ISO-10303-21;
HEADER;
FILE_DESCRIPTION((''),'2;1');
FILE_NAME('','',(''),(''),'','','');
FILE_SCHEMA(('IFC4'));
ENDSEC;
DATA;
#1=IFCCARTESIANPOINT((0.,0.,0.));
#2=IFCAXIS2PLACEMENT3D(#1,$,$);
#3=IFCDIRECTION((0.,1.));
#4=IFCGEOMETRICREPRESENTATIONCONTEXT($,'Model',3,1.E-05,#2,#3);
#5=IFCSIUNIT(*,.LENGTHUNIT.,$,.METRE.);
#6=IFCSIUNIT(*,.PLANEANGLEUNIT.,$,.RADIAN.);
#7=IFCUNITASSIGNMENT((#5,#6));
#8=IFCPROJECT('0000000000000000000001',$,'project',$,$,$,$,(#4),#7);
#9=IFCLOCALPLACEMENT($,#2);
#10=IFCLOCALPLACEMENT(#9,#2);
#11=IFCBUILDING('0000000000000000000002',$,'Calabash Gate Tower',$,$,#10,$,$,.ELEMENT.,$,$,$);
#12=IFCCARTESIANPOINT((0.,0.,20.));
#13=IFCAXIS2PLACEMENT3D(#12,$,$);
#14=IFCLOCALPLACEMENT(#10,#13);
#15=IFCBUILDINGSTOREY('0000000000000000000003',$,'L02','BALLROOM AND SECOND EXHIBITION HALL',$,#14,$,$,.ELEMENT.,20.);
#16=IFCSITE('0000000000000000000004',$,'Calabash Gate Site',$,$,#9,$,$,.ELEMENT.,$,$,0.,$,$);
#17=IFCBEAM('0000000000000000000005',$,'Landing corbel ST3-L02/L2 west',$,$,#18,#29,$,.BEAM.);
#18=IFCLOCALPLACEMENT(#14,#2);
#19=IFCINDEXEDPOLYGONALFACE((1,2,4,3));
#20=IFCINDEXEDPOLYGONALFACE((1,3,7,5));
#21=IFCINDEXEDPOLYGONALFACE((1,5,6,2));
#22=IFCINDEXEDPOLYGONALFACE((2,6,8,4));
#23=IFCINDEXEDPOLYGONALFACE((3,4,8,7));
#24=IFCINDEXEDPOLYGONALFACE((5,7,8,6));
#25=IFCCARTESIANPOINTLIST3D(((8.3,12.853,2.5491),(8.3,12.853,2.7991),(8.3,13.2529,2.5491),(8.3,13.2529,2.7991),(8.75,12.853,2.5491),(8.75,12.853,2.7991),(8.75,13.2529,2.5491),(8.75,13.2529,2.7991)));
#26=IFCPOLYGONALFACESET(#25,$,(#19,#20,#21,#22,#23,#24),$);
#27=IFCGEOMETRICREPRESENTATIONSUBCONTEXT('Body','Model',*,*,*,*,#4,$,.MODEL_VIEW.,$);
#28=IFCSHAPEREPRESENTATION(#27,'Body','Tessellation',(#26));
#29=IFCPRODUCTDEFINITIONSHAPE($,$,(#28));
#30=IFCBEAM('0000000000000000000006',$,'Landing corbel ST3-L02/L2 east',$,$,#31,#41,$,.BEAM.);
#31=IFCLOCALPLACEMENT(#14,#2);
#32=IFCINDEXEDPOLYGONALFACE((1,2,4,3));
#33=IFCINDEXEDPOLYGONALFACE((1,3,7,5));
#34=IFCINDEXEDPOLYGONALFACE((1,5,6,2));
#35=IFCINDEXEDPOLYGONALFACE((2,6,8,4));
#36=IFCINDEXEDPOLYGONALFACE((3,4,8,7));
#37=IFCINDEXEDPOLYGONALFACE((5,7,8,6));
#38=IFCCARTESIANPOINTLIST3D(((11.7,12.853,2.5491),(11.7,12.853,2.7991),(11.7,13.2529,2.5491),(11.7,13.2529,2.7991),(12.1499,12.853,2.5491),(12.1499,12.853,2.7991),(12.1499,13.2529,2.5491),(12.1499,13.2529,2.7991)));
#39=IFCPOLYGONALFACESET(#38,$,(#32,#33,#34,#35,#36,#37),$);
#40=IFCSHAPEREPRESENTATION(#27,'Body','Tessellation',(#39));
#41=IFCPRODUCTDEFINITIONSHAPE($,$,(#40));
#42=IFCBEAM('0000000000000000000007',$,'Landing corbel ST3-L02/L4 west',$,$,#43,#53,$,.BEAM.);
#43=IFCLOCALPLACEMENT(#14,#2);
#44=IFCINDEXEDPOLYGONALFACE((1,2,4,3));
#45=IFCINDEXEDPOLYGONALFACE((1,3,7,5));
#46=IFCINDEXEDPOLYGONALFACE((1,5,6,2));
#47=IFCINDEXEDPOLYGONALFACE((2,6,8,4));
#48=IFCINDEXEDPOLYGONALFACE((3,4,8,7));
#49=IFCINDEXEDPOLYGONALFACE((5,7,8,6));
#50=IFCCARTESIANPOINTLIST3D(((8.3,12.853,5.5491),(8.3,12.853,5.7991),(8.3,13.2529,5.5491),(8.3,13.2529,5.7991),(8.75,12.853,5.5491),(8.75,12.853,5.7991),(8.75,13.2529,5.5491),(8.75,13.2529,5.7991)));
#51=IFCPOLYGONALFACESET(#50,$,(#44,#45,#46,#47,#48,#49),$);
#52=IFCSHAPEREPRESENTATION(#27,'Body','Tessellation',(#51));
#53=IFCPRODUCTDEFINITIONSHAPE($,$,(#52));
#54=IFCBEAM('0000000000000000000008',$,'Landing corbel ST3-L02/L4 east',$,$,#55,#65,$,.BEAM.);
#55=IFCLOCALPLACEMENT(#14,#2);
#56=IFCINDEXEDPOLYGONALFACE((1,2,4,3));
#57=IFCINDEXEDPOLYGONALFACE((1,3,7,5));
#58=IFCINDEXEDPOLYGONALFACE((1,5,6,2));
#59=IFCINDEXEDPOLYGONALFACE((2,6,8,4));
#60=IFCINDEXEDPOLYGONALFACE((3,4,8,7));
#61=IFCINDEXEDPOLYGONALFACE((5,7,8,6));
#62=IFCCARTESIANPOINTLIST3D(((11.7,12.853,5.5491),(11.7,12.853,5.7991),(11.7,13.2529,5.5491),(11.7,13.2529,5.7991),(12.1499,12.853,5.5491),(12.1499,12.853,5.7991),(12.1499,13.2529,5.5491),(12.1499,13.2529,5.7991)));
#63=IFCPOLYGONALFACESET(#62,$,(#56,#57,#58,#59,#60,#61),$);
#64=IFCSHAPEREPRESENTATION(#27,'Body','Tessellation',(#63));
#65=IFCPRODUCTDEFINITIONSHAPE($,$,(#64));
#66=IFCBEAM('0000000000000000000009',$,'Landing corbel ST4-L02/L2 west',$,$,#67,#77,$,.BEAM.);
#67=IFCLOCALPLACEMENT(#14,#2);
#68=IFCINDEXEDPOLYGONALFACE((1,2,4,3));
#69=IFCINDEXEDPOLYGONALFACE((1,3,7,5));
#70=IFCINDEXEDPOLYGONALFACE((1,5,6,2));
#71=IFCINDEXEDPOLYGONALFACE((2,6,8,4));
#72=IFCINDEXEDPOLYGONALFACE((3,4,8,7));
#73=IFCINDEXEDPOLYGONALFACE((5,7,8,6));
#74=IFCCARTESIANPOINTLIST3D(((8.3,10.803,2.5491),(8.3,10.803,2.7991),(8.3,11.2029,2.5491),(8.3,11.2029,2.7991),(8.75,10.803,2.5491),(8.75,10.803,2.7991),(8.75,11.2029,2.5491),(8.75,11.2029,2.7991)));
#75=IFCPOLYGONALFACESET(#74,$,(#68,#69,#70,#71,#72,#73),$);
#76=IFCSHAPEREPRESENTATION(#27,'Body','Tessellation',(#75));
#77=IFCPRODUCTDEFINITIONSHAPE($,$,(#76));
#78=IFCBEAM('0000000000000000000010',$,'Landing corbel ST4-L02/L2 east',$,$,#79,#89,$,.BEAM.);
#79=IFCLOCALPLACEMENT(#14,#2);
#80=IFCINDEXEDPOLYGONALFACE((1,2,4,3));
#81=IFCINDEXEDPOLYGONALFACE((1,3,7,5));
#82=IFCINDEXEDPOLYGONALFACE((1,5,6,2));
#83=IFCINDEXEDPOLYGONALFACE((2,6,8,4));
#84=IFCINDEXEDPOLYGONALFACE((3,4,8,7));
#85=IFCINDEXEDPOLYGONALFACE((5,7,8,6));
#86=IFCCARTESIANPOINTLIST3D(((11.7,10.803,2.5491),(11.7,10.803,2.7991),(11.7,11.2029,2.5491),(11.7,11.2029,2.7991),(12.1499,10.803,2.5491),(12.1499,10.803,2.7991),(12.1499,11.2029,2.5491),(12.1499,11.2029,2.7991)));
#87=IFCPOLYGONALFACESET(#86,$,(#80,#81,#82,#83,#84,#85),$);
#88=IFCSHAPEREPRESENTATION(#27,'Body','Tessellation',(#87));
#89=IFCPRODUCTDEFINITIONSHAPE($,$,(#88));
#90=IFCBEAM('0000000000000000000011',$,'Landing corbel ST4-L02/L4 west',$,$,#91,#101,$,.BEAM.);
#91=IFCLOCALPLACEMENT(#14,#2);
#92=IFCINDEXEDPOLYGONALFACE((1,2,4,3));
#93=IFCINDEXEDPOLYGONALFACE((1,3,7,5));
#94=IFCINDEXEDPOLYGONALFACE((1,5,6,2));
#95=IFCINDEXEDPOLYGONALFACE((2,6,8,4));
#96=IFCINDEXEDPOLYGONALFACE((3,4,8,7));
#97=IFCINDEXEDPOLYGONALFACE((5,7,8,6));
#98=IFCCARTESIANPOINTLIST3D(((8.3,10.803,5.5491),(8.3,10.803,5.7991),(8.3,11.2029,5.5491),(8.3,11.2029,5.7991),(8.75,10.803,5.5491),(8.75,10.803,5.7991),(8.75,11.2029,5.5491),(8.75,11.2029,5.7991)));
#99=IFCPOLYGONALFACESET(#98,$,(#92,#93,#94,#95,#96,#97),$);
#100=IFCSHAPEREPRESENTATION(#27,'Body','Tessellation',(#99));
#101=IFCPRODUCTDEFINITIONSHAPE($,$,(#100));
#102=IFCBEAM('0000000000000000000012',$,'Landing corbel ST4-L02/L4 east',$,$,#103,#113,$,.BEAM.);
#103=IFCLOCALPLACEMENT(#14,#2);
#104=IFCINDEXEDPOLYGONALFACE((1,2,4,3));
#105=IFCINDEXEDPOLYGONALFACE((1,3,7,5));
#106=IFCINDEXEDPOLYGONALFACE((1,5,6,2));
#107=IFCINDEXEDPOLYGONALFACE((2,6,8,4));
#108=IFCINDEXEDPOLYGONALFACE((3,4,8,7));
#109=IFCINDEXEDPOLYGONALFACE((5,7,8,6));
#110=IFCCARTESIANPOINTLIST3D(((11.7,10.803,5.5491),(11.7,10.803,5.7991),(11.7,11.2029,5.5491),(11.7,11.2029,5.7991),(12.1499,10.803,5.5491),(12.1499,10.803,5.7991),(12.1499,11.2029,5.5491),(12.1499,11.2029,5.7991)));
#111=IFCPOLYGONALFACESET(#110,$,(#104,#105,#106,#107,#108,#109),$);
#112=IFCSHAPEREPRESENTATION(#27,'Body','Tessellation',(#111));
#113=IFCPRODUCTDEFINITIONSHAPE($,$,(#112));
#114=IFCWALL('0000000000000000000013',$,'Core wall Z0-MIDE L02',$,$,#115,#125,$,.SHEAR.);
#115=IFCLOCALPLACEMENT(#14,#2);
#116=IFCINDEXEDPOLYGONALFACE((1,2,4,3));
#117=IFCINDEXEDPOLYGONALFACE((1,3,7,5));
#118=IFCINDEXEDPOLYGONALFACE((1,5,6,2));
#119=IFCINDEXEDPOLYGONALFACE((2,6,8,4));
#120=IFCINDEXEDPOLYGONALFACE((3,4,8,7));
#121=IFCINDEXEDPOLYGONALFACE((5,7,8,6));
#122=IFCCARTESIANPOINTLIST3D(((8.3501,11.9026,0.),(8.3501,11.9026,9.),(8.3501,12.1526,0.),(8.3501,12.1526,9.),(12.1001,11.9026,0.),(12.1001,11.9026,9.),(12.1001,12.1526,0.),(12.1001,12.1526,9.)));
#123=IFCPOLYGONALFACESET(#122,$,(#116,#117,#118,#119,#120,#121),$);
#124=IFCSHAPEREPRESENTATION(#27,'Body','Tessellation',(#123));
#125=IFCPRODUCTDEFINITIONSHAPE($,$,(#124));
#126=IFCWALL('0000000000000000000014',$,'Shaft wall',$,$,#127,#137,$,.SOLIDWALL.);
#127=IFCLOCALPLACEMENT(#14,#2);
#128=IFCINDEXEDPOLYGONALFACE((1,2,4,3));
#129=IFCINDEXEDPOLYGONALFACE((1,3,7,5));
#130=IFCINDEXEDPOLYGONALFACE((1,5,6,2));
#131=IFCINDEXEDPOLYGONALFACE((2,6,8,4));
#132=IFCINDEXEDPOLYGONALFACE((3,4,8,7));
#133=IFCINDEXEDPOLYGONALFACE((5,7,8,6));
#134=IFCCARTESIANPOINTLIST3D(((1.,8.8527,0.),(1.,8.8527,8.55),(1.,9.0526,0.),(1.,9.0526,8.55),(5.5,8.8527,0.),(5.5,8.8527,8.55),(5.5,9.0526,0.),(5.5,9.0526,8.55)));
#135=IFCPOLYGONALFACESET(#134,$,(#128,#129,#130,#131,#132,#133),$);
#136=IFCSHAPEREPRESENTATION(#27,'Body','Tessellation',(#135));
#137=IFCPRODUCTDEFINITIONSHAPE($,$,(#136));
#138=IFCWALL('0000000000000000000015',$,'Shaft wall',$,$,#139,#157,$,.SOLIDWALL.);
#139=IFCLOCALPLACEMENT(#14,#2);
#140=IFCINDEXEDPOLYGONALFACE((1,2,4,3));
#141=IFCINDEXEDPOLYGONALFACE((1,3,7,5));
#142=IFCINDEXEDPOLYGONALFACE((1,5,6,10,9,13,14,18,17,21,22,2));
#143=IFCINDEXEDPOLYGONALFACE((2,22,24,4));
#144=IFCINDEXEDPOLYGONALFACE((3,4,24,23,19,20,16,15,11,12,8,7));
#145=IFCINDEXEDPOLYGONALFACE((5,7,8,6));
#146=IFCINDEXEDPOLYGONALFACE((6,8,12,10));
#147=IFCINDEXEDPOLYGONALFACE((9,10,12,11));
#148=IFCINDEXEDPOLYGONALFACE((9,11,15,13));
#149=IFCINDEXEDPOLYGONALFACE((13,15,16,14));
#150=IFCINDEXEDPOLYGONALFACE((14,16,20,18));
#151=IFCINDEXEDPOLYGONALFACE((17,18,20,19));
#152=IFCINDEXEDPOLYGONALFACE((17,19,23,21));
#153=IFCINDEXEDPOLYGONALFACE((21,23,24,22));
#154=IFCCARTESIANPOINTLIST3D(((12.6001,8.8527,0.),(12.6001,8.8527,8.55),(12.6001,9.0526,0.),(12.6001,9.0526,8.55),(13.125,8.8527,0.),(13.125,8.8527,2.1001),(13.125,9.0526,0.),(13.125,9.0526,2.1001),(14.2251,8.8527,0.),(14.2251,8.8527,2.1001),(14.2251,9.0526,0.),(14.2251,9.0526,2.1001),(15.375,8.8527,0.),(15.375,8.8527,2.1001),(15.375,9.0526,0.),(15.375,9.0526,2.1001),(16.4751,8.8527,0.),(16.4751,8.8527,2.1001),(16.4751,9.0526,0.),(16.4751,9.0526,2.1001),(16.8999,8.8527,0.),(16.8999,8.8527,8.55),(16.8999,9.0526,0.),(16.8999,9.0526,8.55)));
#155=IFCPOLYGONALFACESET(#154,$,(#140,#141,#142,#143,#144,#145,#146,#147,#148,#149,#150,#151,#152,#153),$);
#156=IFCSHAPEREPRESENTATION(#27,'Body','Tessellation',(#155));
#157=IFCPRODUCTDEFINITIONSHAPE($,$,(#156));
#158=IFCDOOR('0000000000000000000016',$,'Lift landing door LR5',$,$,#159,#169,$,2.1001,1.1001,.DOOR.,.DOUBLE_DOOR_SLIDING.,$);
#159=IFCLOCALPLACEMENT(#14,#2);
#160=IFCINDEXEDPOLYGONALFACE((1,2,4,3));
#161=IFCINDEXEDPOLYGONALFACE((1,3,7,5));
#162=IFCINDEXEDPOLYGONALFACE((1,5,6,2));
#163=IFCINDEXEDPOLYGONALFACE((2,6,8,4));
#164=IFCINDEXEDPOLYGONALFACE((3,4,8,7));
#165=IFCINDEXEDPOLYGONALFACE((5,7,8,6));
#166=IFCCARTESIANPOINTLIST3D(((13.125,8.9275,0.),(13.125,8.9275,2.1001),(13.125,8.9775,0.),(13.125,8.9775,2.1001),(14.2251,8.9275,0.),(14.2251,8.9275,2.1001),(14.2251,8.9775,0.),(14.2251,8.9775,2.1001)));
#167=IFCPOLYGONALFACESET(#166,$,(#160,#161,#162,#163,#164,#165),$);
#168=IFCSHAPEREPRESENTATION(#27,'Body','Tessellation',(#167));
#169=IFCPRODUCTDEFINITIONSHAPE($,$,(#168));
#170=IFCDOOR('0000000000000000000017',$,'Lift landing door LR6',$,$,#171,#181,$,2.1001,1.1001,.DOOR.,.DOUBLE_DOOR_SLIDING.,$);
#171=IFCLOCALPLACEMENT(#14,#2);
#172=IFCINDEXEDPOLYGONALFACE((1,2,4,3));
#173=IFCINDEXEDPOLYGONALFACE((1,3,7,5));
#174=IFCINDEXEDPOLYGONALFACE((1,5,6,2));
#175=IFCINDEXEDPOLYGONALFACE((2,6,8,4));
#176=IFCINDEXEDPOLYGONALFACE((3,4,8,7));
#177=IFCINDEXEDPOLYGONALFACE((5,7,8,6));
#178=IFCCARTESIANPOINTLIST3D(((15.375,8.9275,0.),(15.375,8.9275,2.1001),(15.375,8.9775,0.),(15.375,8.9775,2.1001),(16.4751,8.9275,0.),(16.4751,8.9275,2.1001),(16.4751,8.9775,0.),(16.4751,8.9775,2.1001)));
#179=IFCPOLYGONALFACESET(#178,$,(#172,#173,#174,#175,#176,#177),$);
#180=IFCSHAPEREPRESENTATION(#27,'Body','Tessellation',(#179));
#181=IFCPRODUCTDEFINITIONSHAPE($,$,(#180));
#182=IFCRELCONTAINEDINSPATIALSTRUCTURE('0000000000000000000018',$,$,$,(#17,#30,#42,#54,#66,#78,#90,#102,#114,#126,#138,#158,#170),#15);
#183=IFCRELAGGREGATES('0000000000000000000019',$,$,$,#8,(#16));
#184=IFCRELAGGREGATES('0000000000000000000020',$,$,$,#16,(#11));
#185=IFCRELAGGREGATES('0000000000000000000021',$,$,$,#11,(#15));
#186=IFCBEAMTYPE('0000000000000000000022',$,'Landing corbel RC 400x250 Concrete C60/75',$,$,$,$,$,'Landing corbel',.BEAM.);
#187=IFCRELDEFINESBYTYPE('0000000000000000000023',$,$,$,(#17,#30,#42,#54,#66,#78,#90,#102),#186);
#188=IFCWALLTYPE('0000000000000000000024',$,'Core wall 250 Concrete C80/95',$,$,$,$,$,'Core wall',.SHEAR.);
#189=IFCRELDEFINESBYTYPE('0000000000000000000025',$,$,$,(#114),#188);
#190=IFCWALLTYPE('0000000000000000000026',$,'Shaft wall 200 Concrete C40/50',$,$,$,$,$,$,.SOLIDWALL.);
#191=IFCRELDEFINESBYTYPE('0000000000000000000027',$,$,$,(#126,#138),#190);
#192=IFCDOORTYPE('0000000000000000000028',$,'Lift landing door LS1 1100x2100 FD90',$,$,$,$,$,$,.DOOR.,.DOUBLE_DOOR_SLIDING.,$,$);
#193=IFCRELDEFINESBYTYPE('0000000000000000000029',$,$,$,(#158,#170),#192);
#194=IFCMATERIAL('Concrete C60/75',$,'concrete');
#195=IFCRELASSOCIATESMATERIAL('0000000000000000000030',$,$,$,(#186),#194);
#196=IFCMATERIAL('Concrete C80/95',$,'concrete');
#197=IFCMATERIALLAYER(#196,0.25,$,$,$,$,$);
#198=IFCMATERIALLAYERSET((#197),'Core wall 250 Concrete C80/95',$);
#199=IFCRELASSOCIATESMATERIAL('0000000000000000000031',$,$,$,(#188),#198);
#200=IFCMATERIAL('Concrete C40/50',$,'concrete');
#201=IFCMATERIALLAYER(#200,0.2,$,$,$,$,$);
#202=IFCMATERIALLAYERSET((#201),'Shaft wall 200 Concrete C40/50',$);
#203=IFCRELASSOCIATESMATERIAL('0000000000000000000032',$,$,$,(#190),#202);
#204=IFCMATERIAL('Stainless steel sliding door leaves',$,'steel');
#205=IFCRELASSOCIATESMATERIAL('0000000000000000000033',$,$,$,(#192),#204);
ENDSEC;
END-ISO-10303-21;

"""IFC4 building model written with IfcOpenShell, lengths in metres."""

from ifc_helpers import new_model, si_unit, direction, frame, frame_2d, origin, origin_2d, place, context, subcontext, project, spatial, rectangle, extrude, material, layer, layer_set, material_profile, profile_set, type_object, element, fill, save


model = new_model("IFC4")

# Units and contexts
model_context = context("Model", 3, precision=1e-05, world=origin(), true_north=direction((0.0, 1.0)))
body_context = subcontext(model_context, "Body", "Model", "MODEL_VIEW")
ifc_project = project(units=[si_unit("LENGTHUNIT", "METRE"), si_unit("PLANEANGLEUNIT", "RADIAN")], contexts=[model_context])

# Site, building, storey
site_placement = place(None, origin())
site = spatial("IfcSite", under=ifc_project, at=site_placement, Name="Calabash Gate Site", CompositionType="ELEMENT", RefElevation=0.0)
building_placement = place(site_placement, origin())
building = spatial("IfcBuilding", under=site, at=building_placement, Name="Calabash Gate Tower", CompositionType="ELEMENT")
storey_placement = place(building_placement, frame((0.0, 0.0, 20.0)))
storey = spatial("IfcBuildingStorey", under=building, at=storey_placement, Name="L02", Description="BALLROOM AND SECOND EXHIBITION HALL", CompositionType="ELEMENT", Elevation=20.0)

# Beams
ifc_material_1 = material(Name="Concrete C60/75", Category="concrete")
ifc_material_profile = material_profile(ifc_material_1, rectangle(XDim=0.3999, YDim=0.25, at=origin_2d()))
ifc_profile_set = profile_set([ifc_material_profile], Name="Concrete C60/75")
beam_type = type_object("IfcBeamType", Name="Landing corbel RC 400x250 Concrete C60/75", ElementType="Landing corbel", PredefinedType="BEAM", material=ifc_profile_set)
for number, where, z_axis, x_axis, name in (
    (1, (8.3, 13.053, 2.6741), (1.0, 0.0, 0.0), (0.0, 1.0, 0.0), "Landing corbel ST3-L02/L2 west"),
    (2, (12.1499, 13.053, 2.6741), (-1.0, 0.0, 0.0), (0.0, -1.0, 0.0), "Landing corbel ST3-L02/L2 east"),
    (3, (8.3, 13.053, 5.6741), (1.0, 0.0, 0.0), (0.0, 1.0, 0.0), "Landing corbel ST3-L02/L4 west"),
    (4, (12.1499, 13.053, 5.6741), (-1.0, 0.0, 0.0), (0.0, -1.0, 0.0), "Landing corbel ST3-L02/L4 east"),
    (5, (8.3, 11.0029, 2.6741), (1.0, 0.0, 0.0), (0.0, 1.0, 0.0), "Landing corbel ST4-L02/L2 west"),
    (6, (12.1499, 11.0029, 2.6741), (-1.0, 0.0, 0.0), (0.0, -1.0, 0.0), "Landing corbel ST4-L02/L2 east"),
    (7, (8.3, 11.0029, 5.6741), (1.0, 0.0, 0.0), (0.0, 1.0, 0.0), "Landing corbel ST4-L02/L4 west"),
    (8, (12.1499, 11.0029, 5.6741), (-1.0, 0.0, 0.0), (0.0, -1.0, 0.0), "Landing corbel ST4-L02/L4 east"),
):
    element("IfcBeam", number, at=place(storey_placement, frame(where, z_axis=z_axis, x_axis=x_axis)), inside=storey, type_object=beam_type, Name=name, PredefinedType="BEAM", context=body_context, shape_type="SweptSolid", body=[
        extrude(rectangle(XDim=0.3999, YDim=0.25, at=origin_2d()), origin(), (0.0, 0.0, 1.0), 0.45),
    ])

# Walls
ifc_material_2 = material(Name="Concrete C80/95", Category="concrete")
ifc_layer_1 = layer(ifc_material_2, 0.25)
ifc_layer_set_1 = layer_set([ifc_layer_1], Name="Core wall 250 Concrete C80/95")
wall_type_1 = type_object("IfcWallType", Name="Core wall 250 Concrete C80/95", ElementType="Core wall", PredefinedType="SHEAR", material=ifc_layer_set_1)
wall_1_placement = place(storey_placement, frame((8.3501, 12.0276, 0.0), z_axis=(0.0, 0.0, 1.0), x_axis=(1.0, 0.0, 0.0)))
element("IfcWall", 9, at=wall_1_placement, inside=storey, type_object=wall_type_1, Name="Core wall Z0-MIDE L02", PredefinedType="SHEAR", context=body_context, shape_type="SweptSolid", body=[
    extrude(rectangle(XDim=3.75, YDim=0.25, at=frame_2d((1.875, 0.0))), origin(), (0.0, 0.0, 1.0), 9.0),
])
ifc_material_3 = material(Name="Concrete C40/50", Category="concrete")
ifc_layer_2 = layer(ifc_material_3, 0.2)
ifc_layer_set_2 = layer_set([ifc_layer_2], Name="Shaft wall 200 Concrete C40/50")
wall_type_2 = type_object("IfcWallType", Name="Shaft wall 200 Concrete C40/50", PredefinedType="SOLIDWALL", material=ifc_layer_set_2)
wall_2_placement = place(storey_placement, frame((1.0, 8.9526, 0.0), z_axis=(0.0, 0.0, 1.0), x_axis=(1.0, 0.0, 0.0)))
element("IfcWall", 10, at=wall_2_placement, inside=storey, type_object=wall_type_2, Name="Shaft wall", PredefinedType="SOLIDWALL", context=body_context, shape_type="SweptSolid", body=[
    extrude(rectangle(XDim=4.5, YDim=0.2, at=frame_2d((2.25, 0.0))), origin(), (0.0, 0.0, 1.0), 8.55),
])

# Wall, openings, doors
wall_3_placement = place(storey_placement, frame((12.6001, 8.9526, 0.0), z_axis=(0.0, 0.0, 1.0), x_axis=(1.0, 0.0, 0.0)))
wall_3 = element("IfcWall", 11, at=wall_3_placement, inside=storey, type_object=wall_type_2, Name="Shaft wall", PredefinedType="SOLIDWALL", context=body_context, shape_type="SweptSolid", body=[
    extrude(rectangle(XDim=4.2998, YDim=0.2, at=frame_2d((2.1499, 0.0))), origin(), (0.0, 0.0, 1.0), 8.55),
])
opening_1_placement = place(wall_3_placement, frame((0.5249, 0.0, 0.0)))
opening_1 = element("IfcOpeningElement", 12, at=opening_1_placement, cuts=wall_3, PredefinedType="OPENING", context=body_context, shape_type="SweptSolid", body=[
    extrude(rectangle(XDim=1.1001, YDim=2.1001, at=frame_2d((0.55, 1.05))), frame((0.0, 0.1099, 0.0), z_axis=(0.0, -1.0, 0.0), x_axis=(1.0, 0.0, 0.0)), (0.0, 0.0, 1.0), 0.22),
])
opening_2_placement = place(wall_3_placement, frame((2.7749, 0.0, 0.0)))
opening_2 = element("IfcOpeningElement", 13, at=opening_2_placement, cuts=wall_3, PredefinedType="OPENING", context=body_context, shape_type="SweptSolid", body=[
    extrude(rectangle(XDim=1.1001, YDim=2.1001, at=frame_2d((0.55, 1.05))), frame((0.0, 0.1099, 0.0), z_axis=(0.0, -1.0, 0.0), x_axis=(1.0, 0.0, 0.0)), (0.0, 0.0, 1.0), 0.22),
])
ifc_material_4 = material(Name="Stainless steel sliding door leaves", Category="steel")
door_type_1 = type_object("IfcDoorType", Name="Lift landing door LS1 1100x2100 FD90", OperationType="DOUBLE_DOOR_SLIDING", PredefinedType="DOOR", material=ifc_material_4)
door_1_placement = place(opening_1_placement, origin())
door_1 = element("IfcDoor", 14, at=door_1_placement, inside=storey, type_object=door_type_1, Name="Lift landing door LR5", OperationType="DOUBLE_DOOR_SLIDING", OverallHeight=2.1001, OverallWidth=1.1001, PredefinedType="DOOR", context=body_context, shape_type="SweptSolid", body=[
    extrude(rectangle(XDim=1.1001, YDim=2.1001, at=frame_2d((0.55, 1.05))), frame((0.0, 0.0249, 0.0), z_axis=(0.0, -1.0, 0.0), x_axis=(1.0, 0.0, 0.0)), (0.0, 0.0, 1.0), 0.05),
])
fill(opening_1, door_1)
door_2_placement = place(opening_2_placement, origin())
door_2 = element("IfcDoor", 15, at=door_2_placement, inside=storey, type_object=door_type_1, Name="Lift landing door LR6", OperationType="DOUBLE_DOOR_SLIDING", OverallHeight=2.1001, OverallWidth=1.1001, PredefinedType="DOOR", context=body_context, shape_type="SweptSolid", body=[
    extrude(rectangle(XDim=1.1001, YDim=2.1001, at=frame_2d((0.55, 1.05))), frame((0.0, 0.0249, 0.0), z_axis=(0.0, -1.0, 0.0), x_axis=(1.0, 0.0, 0.0)), (0.0, 0.0, 1.0), 0.05),
])
fill(opening_2, door_2)

save(model, "model.ifc")
